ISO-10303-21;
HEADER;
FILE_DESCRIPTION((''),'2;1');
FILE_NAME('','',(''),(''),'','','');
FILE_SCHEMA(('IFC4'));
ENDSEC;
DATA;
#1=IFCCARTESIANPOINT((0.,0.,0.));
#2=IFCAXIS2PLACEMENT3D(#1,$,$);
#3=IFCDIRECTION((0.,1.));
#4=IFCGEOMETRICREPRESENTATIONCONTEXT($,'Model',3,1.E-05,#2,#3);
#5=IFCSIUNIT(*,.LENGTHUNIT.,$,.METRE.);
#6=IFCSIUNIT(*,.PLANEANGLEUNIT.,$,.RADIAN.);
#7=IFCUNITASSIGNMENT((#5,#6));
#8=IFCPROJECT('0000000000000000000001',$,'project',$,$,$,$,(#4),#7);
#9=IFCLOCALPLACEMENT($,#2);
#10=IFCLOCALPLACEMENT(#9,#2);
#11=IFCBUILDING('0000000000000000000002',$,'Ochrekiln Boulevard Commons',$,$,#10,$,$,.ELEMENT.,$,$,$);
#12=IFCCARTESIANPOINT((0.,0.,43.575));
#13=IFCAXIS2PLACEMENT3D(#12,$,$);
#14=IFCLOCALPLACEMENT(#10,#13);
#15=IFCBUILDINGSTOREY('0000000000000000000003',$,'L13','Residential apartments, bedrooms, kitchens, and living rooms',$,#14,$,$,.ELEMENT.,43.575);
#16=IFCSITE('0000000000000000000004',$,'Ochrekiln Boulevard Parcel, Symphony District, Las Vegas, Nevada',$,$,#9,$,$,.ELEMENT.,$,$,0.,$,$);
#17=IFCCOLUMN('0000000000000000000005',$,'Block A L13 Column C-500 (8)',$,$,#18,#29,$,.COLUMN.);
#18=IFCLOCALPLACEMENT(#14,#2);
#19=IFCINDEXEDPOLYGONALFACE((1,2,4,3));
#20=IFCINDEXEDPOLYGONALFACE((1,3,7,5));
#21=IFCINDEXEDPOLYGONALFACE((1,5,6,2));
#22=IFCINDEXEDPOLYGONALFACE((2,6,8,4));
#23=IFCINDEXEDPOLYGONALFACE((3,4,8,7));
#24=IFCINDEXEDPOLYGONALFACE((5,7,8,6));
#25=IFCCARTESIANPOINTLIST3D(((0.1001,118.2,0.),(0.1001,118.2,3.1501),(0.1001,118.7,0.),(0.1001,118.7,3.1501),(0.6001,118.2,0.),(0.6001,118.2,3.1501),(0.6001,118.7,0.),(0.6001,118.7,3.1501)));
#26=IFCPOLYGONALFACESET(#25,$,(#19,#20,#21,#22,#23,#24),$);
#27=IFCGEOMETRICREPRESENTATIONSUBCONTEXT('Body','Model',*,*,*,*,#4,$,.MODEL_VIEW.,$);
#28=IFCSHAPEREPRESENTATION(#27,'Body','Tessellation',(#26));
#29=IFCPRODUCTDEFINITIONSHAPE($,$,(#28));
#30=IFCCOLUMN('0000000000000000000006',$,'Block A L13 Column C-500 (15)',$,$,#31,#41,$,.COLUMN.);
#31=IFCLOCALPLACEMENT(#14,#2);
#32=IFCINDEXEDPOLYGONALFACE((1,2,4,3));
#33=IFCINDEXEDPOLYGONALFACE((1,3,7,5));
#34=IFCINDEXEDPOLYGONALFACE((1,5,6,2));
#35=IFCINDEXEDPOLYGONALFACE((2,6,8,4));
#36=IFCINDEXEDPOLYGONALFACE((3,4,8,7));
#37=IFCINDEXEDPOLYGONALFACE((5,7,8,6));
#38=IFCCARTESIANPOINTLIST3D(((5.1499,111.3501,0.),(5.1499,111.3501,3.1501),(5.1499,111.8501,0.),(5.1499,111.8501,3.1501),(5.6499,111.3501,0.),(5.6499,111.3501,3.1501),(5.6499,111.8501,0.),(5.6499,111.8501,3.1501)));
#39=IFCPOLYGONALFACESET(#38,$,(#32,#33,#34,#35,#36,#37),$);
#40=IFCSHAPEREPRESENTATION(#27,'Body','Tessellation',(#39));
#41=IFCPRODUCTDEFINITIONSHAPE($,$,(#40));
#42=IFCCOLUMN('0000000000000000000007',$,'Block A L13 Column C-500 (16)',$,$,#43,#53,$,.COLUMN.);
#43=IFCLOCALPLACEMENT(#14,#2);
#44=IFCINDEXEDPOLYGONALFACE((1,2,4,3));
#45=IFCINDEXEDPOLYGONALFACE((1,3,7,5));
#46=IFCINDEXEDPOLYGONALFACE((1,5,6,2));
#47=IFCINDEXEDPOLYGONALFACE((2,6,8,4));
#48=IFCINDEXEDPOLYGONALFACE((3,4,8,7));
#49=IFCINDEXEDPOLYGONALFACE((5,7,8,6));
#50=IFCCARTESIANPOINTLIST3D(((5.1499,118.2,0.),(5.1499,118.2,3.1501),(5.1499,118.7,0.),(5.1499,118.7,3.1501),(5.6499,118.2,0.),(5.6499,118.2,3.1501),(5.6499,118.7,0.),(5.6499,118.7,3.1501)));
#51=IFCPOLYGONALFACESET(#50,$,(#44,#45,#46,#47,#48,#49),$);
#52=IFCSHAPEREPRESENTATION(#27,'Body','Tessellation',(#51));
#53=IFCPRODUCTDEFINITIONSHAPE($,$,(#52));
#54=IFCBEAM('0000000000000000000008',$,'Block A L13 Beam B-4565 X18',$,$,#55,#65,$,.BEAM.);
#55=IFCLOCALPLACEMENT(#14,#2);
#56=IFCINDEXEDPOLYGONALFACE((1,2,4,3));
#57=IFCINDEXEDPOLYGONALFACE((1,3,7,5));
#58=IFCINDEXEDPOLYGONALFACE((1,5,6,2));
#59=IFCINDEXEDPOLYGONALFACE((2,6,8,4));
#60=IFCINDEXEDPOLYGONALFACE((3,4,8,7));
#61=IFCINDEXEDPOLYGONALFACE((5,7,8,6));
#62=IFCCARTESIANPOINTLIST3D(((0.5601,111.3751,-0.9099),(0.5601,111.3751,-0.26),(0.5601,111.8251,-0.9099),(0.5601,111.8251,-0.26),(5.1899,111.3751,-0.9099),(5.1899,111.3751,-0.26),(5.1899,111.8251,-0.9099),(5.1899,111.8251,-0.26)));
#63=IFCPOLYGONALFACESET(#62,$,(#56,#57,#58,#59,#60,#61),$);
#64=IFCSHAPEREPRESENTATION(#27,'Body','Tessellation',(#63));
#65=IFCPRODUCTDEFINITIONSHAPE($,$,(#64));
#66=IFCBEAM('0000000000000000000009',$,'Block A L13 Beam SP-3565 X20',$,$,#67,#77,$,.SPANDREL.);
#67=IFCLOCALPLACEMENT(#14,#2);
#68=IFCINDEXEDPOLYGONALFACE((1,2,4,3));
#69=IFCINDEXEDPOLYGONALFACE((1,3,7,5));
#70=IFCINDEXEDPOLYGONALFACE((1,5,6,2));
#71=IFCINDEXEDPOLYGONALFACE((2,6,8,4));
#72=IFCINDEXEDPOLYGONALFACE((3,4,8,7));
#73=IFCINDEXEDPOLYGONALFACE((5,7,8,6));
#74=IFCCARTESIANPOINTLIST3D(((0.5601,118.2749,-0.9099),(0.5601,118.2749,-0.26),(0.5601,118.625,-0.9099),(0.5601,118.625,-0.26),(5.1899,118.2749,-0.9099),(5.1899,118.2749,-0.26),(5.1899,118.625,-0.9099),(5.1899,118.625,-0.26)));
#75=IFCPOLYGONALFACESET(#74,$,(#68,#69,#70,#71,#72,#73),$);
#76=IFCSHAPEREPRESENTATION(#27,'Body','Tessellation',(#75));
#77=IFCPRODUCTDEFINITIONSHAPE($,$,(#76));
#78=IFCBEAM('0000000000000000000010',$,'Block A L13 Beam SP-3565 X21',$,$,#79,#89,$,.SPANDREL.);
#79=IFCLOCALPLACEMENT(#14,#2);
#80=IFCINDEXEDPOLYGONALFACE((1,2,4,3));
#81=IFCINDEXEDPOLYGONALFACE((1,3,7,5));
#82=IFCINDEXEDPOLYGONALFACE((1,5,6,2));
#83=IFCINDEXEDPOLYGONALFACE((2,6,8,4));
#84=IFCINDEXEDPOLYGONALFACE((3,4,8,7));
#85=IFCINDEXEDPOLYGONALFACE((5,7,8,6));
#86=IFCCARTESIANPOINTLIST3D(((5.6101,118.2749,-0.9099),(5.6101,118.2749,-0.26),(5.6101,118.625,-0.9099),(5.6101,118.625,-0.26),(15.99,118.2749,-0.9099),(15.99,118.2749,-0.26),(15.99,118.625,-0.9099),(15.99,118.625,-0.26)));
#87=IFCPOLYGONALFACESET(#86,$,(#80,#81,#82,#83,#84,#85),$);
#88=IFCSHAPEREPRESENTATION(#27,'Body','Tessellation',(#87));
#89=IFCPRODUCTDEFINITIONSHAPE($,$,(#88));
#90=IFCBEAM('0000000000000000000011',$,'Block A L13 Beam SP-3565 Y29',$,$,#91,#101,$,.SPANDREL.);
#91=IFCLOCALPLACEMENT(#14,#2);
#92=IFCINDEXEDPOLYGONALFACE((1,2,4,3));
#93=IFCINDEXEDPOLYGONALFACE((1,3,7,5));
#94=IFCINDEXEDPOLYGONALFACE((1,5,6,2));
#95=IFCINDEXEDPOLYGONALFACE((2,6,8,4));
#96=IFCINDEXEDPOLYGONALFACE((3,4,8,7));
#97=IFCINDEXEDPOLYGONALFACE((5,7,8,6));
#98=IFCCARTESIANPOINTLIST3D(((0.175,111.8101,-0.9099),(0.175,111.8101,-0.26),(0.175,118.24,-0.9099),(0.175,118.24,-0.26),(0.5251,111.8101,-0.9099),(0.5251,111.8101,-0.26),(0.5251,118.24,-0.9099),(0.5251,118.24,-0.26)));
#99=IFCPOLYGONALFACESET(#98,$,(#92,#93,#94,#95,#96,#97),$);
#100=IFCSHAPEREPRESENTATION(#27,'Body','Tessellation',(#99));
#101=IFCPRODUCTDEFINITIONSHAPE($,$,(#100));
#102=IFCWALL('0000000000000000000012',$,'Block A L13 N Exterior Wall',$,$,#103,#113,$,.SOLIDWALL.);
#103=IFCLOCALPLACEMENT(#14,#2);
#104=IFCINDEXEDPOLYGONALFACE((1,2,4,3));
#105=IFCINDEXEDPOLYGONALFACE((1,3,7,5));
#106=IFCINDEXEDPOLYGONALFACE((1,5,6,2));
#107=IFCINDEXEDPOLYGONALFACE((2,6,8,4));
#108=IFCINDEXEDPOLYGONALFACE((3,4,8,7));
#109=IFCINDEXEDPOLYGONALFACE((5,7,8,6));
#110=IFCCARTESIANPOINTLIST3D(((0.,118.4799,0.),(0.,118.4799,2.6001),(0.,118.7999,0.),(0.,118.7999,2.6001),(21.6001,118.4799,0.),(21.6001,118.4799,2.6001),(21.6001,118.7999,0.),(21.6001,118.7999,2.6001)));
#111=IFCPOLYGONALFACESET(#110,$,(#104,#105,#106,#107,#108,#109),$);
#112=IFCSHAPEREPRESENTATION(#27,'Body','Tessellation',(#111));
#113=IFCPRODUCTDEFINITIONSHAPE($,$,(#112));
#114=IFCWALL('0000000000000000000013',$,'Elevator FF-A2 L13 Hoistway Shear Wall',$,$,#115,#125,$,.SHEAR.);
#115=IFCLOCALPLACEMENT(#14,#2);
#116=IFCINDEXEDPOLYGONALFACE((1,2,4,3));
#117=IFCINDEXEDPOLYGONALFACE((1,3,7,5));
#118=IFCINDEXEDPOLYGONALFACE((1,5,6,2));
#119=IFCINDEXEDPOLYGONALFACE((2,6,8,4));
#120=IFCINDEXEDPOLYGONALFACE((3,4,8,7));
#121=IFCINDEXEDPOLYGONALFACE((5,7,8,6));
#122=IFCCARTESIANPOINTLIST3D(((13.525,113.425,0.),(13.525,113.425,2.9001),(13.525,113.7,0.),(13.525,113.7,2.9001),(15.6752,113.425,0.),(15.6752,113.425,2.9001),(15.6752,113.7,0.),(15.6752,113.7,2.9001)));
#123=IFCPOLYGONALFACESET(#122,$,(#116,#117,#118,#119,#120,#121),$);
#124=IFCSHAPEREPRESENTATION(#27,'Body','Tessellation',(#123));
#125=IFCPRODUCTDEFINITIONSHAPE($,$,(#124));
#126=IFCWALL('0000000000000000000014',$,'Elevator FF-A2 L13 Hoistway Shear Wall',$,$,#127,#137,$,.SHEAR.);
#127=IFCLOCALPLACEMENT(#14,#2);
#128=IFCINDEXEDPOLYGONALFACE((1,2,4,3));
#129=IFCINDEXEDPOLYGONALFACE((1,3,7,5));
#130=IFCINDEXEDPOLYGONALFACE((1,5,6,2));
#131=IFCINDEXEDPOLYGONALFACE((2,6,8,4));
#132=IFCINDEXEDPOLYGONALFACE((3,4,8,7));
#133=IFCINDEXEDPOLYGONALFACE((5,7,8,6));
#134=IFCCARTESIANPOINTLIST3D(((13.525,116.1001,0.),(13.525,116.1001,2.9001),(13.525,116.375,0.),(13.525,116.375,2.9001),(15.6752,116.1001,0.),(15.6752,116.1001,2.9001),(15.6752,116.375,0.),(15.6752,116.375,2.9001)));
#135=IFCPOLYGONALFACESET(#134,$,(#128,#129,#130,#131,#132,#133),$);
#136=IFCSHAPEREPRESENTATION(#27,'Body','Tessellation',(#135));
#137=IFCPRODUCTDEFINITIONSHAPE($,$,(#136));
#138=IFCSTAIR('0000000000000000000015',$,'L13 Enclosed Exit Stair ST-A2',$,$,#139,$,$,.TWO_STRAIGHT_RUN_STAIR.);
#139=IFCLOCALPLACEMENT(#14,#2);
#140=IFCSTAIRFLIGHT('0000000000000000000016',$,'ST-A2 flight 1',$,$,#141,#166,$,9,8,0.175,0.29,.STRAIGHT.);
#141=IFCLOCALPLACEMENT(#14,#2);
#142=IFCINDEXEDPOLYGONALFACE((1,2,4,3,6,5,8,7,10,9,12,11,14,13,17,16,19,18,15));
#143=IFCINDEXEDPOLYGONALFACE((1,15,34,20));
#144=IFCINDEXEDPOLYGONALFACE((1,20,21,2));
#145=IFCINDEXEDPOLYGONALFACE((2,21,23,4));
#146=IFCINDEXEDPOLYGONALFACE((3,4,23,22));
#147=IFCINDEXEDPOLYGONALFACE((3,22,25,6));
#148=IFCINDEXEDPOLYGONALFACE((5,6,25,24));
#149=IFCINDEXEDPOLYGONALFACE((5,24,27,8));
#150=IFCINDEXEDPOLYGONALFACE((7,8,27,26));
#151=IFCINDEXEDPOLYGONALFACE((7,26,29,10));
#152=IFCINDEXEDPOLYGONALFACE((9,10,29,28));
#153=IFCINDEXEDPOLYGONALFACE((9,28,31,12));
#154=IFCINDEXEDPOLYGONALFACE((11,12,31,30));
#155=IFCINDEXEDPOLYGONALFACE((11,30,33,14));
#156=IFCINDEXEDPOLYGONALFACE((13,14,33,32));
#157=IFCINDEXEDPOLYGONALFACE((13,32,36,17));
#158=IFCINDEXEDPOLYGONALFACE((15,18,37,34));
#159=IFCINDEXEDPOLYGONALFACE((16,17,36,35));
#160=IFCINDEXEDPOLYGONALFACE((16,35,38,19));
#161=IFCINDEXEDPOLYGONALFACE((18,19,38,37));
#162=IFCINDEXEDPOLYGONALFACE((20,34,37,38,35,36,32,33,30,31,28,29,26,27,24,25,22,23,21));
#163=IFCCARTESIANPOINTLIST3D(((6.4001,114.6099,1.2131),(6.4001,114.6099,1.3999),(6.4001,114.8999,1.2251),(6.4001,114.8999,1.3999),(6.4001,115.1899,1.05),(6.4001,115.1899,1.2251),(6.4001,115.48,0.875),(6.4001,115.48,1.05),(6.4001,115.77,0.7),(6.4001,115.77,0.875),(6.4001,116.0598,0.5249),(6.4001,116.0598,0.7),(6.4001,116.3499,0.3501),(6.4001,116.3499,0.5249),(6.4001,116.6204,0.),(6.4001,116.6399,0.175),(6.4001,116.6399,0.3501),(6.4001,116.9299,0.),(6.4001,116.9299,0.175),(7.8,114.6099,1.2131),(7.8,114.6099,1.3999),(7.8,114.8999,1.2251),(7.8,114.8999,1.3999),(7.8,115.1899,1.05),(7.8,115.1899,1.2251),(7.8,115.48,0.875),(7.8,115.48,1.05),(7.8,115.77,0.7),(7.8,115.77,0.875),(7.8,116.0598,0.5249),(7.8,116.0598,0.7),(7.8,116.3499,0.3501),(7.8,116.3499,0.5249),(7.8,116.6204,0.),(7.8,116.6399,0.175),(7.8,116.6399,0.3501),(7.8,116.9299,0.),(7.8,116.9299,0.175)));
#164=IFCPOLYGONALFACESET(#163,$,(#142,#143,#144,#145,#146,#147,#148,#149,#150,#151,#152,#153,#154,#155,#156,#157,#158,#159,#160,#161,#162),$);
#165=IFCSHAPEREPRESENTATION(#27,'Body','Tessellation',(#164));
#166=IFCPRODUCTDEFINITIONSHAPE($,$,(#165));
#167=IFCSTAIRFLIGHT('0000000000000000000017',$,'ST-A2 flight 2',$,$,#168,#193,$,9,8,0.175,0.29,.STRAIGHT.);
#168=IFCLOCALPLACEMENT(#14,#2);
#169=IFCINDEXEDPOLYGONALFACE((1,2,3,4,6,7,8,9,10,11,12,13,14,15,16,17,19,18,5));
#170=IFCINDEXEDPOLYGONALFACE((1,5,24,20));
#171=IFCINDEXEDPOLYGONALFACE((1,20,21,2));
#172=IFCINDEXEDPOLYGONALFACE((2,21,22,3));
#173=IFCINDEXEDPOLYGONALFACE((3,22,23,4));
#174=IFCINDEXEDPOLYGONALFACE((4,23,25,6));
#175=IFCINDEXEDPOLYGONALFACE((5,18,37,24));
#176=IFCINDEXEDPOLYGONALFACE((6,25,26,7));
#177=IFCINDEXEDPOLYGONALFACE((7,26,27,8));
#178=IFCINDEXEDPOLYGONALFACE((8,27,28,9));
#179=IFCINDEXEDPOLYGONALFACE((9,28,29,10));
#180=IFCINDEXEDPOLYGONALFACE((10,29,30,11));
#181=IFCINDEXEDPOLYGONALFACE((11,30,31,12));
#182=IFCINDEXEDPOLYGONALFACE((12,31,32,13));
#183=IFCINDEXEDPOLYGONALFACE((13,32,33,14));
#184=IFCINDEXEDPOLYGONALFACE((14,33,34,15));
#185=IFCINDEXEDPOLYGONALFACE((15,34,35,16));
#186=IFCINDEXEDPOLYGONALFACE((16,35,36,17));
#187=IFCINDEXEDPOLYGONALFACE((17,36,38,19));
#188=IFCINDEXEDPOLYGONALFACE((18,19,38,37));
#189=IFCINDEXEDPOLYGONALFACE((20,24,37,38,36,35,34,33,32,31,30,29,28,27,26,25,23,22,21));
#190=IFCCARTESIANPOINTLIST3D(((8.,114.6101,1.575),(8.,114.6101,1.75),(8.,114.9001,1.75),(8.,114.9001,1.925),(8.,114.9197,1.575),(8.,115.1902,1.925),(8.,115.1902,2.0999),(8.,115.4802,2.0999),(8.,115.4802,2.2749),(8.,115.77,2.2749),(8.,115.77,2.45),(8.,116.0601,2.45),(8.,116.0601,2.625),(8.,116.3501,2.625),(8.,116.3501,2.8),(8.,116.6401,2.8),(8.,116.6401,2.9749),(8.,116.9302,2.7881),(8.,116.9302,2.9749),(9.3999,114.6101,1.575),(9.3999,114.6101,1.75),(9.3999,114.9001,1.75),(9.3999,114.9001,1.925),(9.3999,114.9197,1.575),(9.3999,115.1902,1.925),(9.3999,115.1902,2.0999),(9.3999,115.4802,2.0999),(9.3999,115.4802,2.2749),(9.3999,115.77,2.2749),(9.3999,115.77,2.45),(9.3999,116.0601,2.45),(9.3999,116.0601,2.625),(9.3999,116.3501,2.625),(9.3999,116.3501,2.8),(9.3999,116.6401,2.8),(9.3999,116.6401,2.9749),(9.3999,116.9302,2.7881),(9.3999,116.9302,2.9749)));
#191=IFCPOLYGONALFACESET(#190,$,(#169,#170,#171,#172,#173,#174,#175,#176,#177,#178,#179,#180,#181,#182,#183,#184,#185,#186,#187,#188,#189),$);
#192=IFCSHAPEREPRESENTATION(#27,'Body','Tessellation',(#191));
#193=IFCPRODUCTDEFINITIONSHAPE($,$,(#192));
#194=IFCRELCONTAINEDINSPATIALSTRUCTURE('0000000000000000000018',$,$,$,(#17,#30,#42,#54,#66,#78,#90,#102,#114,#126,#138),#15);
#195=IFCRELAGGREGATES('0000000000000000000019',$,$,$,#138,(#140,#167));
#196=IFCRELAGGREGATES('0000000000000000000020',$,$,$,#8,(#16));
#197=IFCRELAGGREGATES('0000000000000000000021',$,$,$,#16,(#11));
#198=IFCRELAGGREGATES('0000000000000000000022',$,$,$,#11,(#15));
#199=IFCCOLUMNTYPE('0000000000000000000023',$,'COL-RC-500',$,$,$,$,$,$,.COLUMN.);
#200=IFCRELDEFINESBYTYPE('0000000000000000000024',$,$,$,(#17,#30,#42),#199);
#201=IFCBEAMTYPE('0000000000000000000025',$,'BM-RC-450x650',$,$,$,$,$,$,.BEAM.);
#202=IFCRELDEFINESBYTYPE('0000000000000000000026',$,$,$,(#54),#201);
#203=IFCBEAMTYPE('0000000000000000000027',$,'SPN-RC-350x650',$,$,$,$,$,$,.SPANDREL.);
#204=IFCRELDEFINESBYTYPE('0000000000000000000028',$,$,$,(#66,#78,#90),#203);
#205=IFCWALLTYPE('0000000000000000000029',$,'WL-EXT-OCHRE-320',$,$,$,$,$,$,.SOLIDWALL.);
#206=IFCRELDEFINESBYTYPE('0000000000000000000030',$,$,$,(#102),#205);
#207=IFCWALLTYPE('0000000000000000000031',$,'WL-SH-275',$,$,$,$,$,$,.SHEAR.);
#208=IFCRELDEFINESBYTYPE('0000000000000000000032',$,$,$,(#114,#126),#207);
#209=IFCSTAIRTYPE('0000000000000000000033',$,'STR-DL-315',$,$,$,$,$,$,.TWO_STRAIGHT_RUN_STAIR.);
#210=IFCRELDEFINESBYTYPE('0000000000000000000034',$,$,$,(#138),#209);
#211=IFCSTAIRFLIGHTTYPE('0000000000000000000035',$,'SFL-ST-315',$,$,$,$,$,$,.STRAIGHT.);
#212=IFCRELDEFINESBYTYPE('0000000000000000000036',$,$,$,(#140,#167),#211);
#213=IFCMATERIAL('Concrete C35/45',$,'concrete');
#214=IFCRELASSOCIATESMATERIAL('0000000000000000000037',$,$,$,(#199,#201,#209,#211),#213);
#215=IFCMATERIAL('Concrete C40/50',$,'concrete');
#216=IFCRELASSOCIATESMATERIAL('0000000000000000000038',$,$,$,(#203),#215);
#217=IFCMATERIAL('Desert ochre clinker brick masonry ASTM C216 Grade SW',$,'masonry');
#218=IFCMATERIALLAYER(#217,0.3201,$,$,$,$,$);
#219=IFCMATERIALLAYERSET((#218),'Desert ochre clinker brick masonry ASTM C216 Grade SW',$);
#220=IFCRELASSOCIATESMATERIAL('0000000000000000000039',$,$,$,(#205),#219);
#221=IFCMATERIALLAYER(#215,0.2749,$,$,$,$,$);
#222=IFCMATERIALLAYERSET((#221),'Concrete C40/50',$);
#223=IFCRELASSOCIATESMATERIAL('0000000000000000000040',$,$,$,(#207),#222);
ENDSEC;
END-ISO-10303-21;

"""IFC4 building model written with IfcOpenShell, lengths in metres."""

from ifc_helpers import new_model, si_unit, direction, frame, frame_2d, origin, origin_2d, place, context, subcontext, project, spatial, polyline, rectangle, outline, extrude, material, layer, layer_set, material_profile, profile_set, type_object, element, aggregate, save


model = new_model("IFC4")

# Units and contexts
model_context = context("Model", 3, precision=1e-05, world=origin(), true_north=direction((0.0, 1.0)))
body_context = subcontext(model_context, "Body", "Model", "MODEL_VIEW")
ifc_project = project(units=[si_unit("LENGTHUNIT", "METRE"), si_unit("PLANEANGLEUNIT", "RADIAN")], contexts=[model_context])

# Site, building, storey
site_placement = place(None, origin())
site = spatial("IfcSite", under=ifc_project, at=site_placement, Name="Ochrekiln Boulevard Parcel, Symphony District, Las Vegas, Nevada", CompositionType="ELEMENT", RefElevation=0.0)
building_placement = place(site_placement, origin())
building = spatial("IfcBuilding", under=site, at=building_placement, Name="Ochrekiln Boulevard Commons", CompositionType="ELEMENT")
storey_placement = place(building_placement, frame((0.0, 0.0, 43.575)))
storey = spatial("IfcBuildingStorey", under=building, at=storey_placement, Name="L13", Description="Residential apartments, bedrooms, kitchens, and living rooms", CompositionType="ELEMENT", Elevation=43.575)

# Columns
ifc_material_1 = material(Name="Concrete C35/45", Category="concrete")
ifc_material_profile_1 = material_profile(ifc_material_1, rectangle(XDim=0.5, YDim=0.5, at=origin_2d()), Name="RC-COL-500x500")
ifc_profile_set_1 = profile_set([ifc_material_profile_1], Name="Concrete C35/45")
column_type = type_object("IfcColumnType", Name="COL-RC-500", PredefinedType="COLUMN", material=ifc_profile_set_1)
for number, where, z_axis, x_axis, name in (
    (1, (0.3501, 118.45, 0.0), (0.0, 0.0, 1.0), (1.0, 0.0, 0.0), "Block A L13 Column C-500 (8)"),
    (2, (5.3999, 111.6001, 0.0), (0.0, 0.0, 1.0), (1.0, 0.0, 0.0), "Block A L13 Column C-500 (15)"),
    (3, (5.3999, 118.45, 0.0), (0.0, 0.0, 1.0), (1.0, 0.0, 0.0), "Block A L13 Column C-500 (16)"),
):
    element("IfcColumn", number, at=place(storey_placement, frame(where, z_axis=z_axis, x_axis=x_axis)), inside=storey, type_object=column_type, Name=name, PredefinedType="COLUMN", context=body_context, shape_type="SweptSolid", body=[
        extrude(rectangle(XDim=0.5, YDim=0.5, at=origin_2d()), origin(), (0.0, 0.0, 1.0), 3.1501),
    ])

# Beams
ifc_material_profile_2 = material_profile(ifc_material_1, rectangle(XDim=0.45, YDim=0.6499, at=origin_2d()), Name="RC-BM-450x650")
ifc_profile_set_2 = profile_set([ifc_material_profile_2], Name="Concrete C35/45")
beam_type_1 = type_object("IfcBeamType", Name="BM-RC-450x650", PredefinedType="BEAM", material=ifc_profile_set_2)
beam_1_placement = place(storey_placement, frame((0.5601, 111.6001, -0.585), z_axis=(1.0, 0.0, 0.0), x_axis=(0.0, 1.0, 0.0)))
element("IfcBeam", 4, at=beam_1_placement, inside=storey, type_object=beam_type_1, Name="Block A L13 Beam B-4565 X18", PredefinedType="BEAM", context=body_context, shape_type="SweptSolid", body=[
    extrude(rectangle(XDim=0.45, YDim=0.6499, at=origin_2d()), origin(), (0.0, 0.0, 1.0), 4.6299),
])
ifc_material_2 = material(Name="Concrete C40/50", Category="concrete")
ifc_material_profile_3 = material_profile(ifc_material_2, rectangle(XDim=0.3501, YDim=0.6499, at=origin_2d()), Name="RC-SPN-350x650")
ifc_profile_set_3 = profile_set([ifc_material_profile_3], Name="Concrete C40/50")
beam_type_2 = type_object("IfcBeamType", Name="SPN-RC-350x650", PredefinedType="SPANDREL", material=ifc_profile_set_3)
beam_2_placement = place(storey_placement, frame((0.5601, 118.45, -0.585), z_axis=(1.0, 0.0, 0.0), x_axis=(0.0, 1.0, 0.0)))
element("IfcBeam", 5, at=beam_2_placement, inside=storey, type_object=beam_type_2, Name="Block A L13 Beam SP-3565 X20", PredefinedType="SPANDREL", context=body_context, shape_type="SweptSolid", body=[
    extrude(rectangle(XDim=0.3501, YDim=0.6499, at=origin_2d()), origin(), (0.0, 0.0, 1.0), 4.6299),
])
beam_3_placement = place(storey_placement, frame((5.6101, 118.45, -0.585), z_axis=(1.0, 0.0, 0.0), x_axis=(0.0, 1.0, 0.0)))
element("IfcBeam", 6, at=beam_3_placement, inside=storey, type_object=beam_type_2, Name="Block A L13 Beam SP-3565 X21", PredefinedType="SPANDREL", context=body_context, shape_type="SweptSolid", body=[
    extrude(rectangle(XDim=0.3501, YDim=0.6499, at=origin_2d()), origin(), (0.0, 0.0, 1.0), 10.3799),
])
beam_4_placement = place(storey_placement, frame((0.3501, 111.8101, -0.585), z_axis=(0.0, 1.0, 0.0), x_axis=(-1.0, 0.0, 0.0)))
element("IfcBeam", 7, at=beam_4_placement, inside=storey, type_object=beam_type_2, Name="Block A L13 Beam SP-3565 Y29", PredefinedType="SPANDREL", context=body_context, shape_type="SweptSolid", body=[
    extrude(rectangle(XDim=0.3501, YDim=0.6499, at=origin_2d()), origin(), (0.0, 0.0, 1.0), 6.4299),
])

# Wall
ifc_material_3 = material(Name="Desert ochre clinker brick masonry ASTM C216 Grade SW", Category="masonry")
ifc_layer_1 = layer(ifc_material_3, 0.3201)
ifc_layer_set_1 = layer_set([ifc_layer_1], Name="Desert ochre clinker brick masonry ASTM C216 Grade SW")
wall_type_1 = type_object("IfcWallType", Name="WL-EXT-OCHRE-320", PredefinedType="SOLIDWALL", material=ifc_layer_set_1)
wall_1_placement = place(storey_placement, frame((0.0, 118.6399, 0.0), z_axis=(0.0, 0.0, 1.0), x_axis=(1.0, 0.0, 0.0)))
element("IfcWall", 8, at=wall_1_placement, inside=storey, type_object=wall_type_1, Name="Block A L13 N Exterior Wall", PredefinedType="SOLIDWALL", context=body_context, shape_type="SweptSolid", body=[
    extrude(rectangle(XDim=21.6001, YDim=0.3201, at=frame_2d((10.8, 0.0))), origin(), (0.0, 0.0, 1.0), 2.6001),
])

# Walls
ifc_layer_2 = layer(ifc_material_2, 0.2749)
ifc_layer_set_2 = layer_set([ifc_layer_2], Name="Concrete C40/50")
wall_type_2 = type_object("IfcWallType", Name="WL-SH-275", PredefinedType="SHEAR", material=ifc_layer_set_2)
for number, where, z_axis, x_axis, name in (
    (9, (13.5249, 113.5625, 0.0), (0.0, 0.0, 1.0), (1.0, 0.0, 0.0), "Elevator FF-A2 L13 Hoistway Shear Wall"),
    (10, (13.5249, 116.2375, 0.0), (0.0, 0.0, 1.0), (1.0, 0.0, 0.0), "Elevator FF-A2 L13 Hoistway Shear Wall"),
):
    element("IfcWall", number, at=place(storey_placement, frame(where, z_axis=z_axis, x_axis=x_axis)), inside=storey, type_object=wall_type_2, Name=name, PredefinedType="SHEAR", context=body_context, shape_type="SweptSolid", body=[
        extrude(rectangle(XDim=2.1501, YDim=0.2749, at=frame_2d((1.0752, 0.0))), origin(), (0.0, 0.0, 1.0), 2.9001),
    ])

# Stair, stair flights
stair_type = type_object("IfcStairType", Name="STR-DL-315", PredefinedType="TWO_STRAIGHT_RUN_STAIR", material=ifc_material_1)
stair_placement = place(storey_placement, origin())
stair = element("IfcStair", 11, at=stair_placement, inside=storey, type_object=stair_type, Name="L13 Enclosed Exit Stair ST-A2", PredefinedType="TWO_STRAIGHT_RUN_STAIR")
stair_flight_type = type_object("IfcStairFlightType", Name="SFL-ST-315", PredefinedType="STRAIGHT", material=ifc_material_1)
stair_flight_1_placement = place(storey_placement, frame((7.1001, 116.9299, 0.0), z_axis=(0.0, 0.0, 1.0), x_axis=(0.0, -1.0, 0.0)))
stair_flight_1 = element("IfcStairFlight", 12, at=stair_flight_1_placement, type_object=stair_flight_type, Name="ST-A2 flight 1", NumberOfRisers=9, NumberOfTreads=8, PredefinedType="STRAIGHT", RiserHeight=0.175, TreadLength=0.29, context=body_context, shape_type="SweptSolid", body=[
    extrude(outline(polyline([(0.0, 0.0), (0.0, 0.175), (0.29, 0.175), (0.29, 0.3501), (0.5801, 0.3501), (0.5801, 0.5249), (0.8701, 0.5249), (0.8701, 0.7), (1.1599, 0.7), (1.1599, 0.875), (1.45, 0.875), (1.45, 1.05), (1.74, 1.05), (1.74, 1.2251), (2.03, 1.2251), (2.03, 1.3999), (2.3201, 1.3999), (2.3201, 1.575), (2.3201, 1.2131), (0.3096, 0.0), (0.0, 0.0)])), frame((0.0, 0.7, 0.0), z_axis=(0.0, -1.0, 0.0), x_axis=(1.0, 0.0, 0.0)), (0.0, 0.0, 1.0), 1.3999),
])
stair_flight_2_placement = place(storey_placement, frame((8.7, 114.6101, 1.575), z_axis=(0.0, 0.0, 1.0), x_axis=(0.0, 1.0, 0.0)))
stair_flight_2 = element("IfcStairFlight", 13, at=stair_flight_2_placement, type_object=stair_flight_type, Name="ST-A2 flight 2", NumberOfRisers=9, NumberOfTreads=8, PredefinedType="STRAIGHT", RiserHeight=0.175, TreadLength=0.29, context=body_context, shape_type="SweptSolid", body=[
    extrude(outline(polyline([(0.0, 0.0), (0.0, 0.175), (0.29, 0.175), (0.29, 0.3501), (0.5801, 0.3501), (0.5801, 0.5249), (0.8701, 0.5249), (0.8701, 0.7), (1.1599, 0.7), (1.1599, 0.875), (1.45, 0.875), (1.45, 1.05), (1.74, 1.05), (1.74, 1.2251), (2.03, 1.2251), (2.03, 1.3999), (2.3201, 1.3999), (2.3201, 1.575), (2.3201, 1.2131), (0.3096, 0.0), (0.0, 0.0)])), frame((0.0, 0.7, 0.0), z_axis=(0.0, -1.0, 0.0), x_axis=(1.0, 0.0, 0.0)), (0.0, 0.0, 1.0), 1.3999),
])
aggregate(stair, [stair_flight_1, stair_flight_2])

save(model, "model.ifc")
